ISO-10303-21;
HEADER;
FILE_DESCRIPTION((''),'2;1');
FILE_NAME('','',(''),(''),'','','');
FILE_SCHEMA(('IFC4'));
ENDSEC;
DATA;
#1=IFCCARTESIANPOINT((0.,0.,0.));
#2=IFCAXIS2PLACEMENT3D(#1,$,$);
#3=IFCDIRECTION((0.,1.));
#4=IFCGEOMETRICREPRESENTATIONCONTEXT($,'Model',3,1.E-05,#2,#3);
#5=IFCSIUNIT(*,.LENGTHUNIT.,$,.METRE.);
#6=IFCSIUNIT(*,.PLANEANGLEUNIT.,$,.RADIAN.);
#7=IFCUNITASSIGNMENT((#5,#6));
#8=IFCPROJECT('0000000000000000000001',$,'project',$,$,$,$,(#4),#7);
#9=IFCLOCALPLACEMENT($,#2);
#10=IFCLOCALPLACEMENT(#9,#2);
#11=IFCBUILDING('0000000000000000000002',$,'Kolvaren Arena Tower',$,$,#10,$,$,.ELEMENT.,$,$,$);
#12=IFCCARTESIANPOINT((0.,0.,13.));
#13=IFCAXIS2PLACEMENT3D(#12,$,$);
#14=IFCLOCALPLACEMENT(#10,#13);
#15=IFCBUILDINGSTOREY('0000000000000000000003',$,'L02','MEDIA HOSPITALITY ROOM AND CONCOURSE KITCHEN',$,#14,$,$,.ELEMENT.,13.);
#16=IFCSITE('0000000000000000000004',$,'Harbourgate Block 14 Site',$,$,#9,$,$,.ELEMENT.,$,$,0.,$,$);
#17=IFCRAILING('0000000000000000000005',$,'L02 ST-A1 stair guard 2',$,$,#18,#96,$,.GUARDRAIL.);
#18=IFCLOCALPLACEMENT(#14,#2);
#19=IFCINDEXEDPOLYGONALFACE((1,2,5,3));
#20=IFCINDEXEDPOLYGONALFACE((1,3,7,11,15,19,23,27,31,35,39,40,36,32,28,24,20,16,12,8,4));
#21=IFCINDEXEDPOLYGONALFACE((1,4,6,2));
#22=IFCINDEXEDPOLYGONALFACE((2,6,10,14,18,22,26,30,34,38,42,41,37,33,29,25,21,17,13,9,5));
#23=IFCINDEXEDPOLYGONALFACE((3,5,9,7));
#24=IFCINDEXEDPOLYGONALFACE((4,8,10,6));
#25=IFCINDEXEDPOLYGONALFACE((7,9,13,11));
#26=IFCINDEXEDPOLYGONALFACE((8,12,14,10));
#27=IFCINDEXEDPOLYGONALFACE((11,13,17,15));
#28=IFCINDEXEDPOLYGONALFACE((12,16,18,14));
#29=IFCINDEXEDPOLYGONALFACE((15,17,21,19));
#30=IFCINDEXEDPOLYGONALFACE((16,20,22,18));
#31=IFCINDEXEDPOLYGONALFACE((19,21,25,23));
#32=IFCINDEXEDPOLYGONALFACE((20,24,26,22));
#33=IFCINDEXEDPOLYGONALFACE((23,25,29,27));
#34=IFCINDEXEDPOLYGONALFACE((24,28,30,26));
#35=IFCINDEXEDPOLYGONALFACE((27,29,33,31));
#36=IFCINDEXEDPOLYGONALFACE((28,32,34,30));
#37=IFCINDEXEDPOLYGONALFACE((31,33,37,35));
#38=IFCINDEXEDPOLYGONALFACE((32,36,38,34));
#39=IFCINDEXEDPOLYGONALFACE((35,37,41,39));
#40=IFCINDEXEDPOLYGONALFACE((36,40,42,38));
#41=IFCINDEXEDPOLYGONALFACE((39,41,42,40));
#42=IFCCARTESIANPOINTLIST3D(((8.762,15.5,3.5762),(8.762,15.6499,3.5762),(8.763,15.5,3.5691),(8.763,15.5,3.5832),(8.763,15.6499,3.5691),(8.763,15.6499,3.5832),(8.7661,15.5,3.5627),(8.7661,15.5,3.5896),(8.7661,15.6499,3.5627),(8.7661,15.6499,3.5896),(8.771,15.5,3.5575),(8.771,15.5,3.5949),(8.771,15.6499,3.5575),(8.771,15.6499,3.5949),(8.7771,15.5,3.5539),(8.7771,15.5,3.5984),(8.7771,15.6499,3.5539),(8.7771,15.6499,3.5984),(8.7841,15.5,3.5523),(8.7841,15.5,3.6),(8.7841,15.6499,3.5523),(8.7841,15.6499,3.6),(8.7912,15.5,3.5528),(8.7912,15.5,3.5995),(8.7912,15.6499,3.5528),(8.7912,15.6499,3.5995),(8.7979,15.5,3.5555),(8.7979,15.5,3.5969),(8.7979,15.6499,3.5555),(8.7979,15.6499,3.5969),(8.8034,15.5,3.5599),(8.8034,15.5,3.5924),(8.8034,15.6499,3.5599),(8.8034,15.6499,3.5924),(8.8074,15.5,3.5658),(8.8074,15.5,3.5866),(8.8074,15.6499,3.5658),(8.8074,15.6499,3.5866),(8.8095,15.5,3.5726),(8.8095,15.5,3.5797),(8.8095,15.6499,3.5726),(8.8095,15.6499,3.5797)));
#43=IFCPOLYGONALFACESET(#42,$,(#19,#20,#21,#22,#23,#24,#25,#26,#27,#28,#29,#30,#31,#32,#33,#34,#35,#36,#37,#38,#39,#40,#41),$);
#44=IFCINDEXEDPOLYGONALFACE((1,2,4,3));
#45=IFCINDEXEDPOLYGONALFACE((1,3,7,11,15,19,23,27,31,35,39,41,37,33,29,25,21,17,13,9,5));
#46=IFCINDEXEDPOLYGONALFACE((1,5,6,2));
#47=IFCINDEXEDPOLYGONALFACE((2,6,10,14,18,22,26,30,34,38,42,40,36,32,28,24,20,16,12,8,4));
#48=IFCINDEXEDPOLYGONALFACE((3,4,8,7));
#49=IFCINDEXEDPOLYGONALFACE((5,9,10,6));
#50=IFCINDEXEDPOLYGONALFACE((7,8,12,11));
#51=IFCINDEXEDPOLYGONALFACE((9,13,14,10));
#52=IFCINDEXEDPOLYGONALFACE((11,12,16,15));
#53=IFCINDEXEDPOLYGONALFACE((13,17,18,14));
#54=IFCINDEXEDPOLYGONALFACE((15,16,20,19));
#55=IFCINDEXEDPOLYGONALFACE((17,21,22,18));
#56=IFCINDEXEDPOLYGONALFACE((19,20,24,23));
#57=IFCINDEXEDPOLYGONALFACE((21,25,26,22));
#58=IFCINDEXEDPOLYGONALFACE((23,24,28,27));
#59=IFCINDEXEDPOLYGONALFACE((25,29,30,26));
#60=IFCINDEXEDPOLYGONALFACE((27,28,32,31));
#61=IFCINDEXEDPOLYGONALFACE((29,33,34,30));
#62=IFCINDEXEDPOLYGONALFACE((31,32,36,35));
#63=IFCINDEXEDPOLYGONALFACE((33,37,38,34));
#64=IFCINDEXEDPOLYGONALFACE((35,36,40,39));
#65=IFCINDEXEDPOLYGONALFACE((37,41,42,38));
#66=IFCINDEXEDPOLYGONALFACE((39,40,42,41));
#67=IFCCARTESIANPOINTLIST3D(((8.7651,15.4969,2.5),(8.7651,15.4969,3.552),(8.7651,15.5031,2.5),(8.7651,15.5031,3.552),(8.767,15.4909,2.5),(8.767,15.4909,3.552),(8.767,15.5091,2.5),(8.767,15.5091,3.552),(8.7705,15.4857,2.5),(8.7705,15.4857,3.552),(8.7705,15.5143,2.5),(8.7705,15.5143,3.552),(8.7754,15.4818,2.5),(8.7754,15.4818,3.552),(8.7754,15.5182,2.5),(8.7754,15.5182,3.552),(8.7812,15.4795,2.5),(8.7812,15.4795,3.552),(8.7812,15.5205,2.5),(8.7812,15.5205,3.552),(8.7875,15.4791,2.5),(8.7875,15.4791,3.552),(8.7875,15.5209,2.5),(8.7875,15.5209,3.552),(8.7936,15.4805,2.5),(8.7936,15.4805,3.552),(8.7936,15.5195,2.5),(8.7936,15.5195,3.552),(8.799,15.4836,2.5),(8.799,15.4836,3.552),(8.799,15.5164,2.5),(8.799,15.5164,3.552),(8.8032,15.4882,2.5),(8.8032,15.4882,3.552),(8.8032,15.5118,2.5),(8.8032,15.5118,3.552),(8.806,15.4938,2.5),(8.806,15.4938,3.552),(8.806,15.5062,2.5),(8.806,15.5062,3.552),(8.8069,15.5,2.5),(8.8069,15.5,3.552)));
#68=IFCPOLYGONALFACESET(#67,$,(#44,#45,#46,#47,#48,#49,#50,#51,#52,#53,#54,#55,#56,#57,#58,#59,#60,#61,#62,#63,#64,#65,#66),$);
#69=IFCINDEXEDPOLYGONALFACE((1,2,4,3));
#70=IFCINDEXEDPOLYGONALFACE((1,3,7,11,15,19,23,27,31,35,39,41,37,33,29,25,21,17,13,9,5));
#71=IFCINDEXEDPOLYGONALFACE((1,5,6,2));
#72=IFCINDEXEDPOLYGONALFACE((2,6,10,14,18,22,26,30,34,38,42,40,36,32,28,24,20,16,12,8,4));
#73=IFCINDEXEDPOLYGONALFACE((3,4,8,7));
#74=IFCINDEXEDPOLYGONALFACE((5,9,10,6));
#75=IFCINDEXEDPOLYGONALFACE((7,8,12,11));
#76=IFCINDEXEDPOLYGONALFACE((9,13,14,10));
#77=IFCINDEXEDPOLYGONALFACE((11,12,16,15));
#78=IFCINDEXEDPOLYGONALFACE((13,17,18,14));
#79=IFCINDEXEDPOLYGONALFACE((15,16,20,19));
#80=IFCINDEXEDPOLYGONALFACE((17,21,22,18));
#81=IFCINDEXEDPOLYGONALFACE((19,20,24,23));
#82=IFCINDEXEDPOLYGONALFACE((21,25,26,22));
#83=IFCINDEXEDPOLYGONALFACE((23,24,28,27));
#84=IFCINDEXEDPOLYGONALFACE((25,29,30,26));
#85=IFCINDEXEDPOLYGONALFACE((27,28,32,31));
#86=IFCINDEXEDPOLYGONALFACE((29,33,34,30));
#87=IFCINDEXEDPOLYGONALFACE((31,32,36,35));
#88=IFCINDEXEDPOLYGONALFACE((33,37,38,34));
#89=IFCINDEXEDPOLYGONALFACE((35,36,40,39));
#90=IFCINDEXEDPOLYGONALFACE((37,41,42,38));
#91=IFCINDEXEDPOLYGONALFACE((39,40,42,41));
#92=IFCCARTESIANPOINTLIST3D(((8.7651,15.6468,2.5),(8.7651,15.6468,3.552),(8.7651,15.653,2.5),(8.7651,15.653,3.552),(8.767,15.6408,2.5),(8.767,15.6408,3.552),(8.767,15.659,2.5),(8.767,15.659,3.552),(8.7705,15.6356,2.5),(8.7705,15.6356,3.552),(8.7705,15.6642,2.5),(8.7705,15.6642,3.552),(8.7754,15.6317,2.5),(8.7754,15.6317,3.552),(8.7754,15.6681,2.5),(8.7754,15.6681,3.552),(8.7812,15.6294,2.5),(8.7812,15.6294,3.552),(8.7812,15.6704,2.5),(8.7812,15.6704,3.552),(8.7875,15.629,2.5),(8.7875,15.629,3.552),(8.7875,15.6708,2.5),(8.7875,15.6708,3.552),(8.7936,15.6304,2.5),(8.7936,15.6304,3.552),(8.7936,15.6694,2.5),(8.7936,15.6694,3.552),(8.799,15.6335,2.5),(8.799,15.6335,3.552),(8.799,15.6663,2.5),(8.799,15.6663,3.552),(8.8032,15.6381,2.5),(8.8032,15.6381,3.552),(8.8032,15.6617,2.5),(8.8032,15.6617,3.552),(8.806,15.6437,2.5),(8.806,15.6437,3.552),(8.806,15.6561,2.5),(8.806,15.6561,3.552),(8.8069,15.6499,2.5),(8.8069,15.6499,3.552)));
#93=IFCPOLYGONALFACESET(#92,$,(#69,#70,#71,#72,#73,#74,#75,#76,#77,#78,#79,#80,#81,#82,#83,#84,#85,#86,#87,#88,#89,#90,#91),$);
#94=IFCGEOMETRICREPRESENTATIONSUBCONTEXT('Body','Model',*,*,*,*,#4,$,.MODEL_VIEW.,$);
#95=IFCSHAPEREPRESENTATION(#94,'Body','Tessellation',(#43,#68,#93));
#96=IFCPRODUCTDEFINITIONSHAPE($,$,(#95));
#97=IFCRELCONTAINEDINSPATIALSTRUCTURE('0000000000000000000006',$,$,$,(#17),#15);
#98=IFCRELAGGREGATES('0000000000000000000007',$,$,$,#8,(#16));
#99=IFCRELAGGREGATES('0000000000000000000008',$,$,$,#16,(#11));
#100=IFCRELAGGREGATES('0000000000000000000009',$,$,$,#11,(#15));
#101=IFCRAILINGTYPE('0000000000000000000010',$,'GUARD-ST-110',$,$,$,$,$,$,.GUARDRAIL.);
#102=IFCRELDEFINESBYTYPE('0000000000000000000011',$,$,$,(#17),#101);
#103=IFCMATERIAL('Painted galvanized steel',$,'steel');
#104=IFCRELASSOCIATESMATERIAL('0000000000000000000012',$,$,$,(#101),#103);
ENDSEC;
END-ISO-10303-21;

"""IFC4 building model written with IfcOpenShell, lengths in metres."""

from ifc_helpers import new_model, si_unit, direction, frame, origin, origin_2d, place, context, subcontext, project, spatial, circle, extrude, material, type_object, element, save


model = new_model("IFC4")

# Units and contexts
model_context = context("Model", 3, precision=1e-05, world=origin(), true_north=direction((0.0, 1.0)))
body_context = subcontext(model_context, "Body", "Model", "MODEL_VIEW")
ifc_project = project(units=[si_unit("LENGTHUNIT", "METRE"), si_unit("PLANEANGLEUNIT", "RADIAN")], contexts=[model_context])

# Site, building, storey
site_placement = place(None, origin())
site = spatial("IfcSite", under=ifc_project, at=site_placement, Name="Harbourgate Block 14 Site", CompositionType="ELEMENT", RefElevation=0.0)
building_placement = place(site_placement, origin())
building = spatial("IfcBuilding", under=site, at=building_placement, Name="Kolvaren Arena Tower", CompositionType="ELEMENT")
storey_placement = place(building_placement, frame((0.0, 0.0, 13.0)))
storey = spatial("IfcBuildingStorey", under=building, at=storey_placement, Name="L02", Description="MEDIA HOSPITALITY ROOM AND CONCOURSE KITCHEN", CompositionType="ELEMENT", Elevation=13.0)

# Railing
ifc_material_1 = material(Name="Painted galvanized steel", Category="steel")
railing_type_1 = type_object("IfcRailingType", Name="GUARD-ST-110", PredefinedType="GUARDRAIL", material=ifc_material_1)
railing_1_placement = place(storey_placement, frame((8.7859, 15.5, 2.5)))
element("IfcRailing", 1, at=railing_1_placement, inside=storey, type_object=railing_type_1, Name="L02 ST-A1 stair guard 2", PredefinedType="GUARDRAIL", context=body_context, shape_type="SweptSolid", body=[
    extrude(circle(Radius=0.0239, at=origin_2d()), frame((0.0, 0.0, 1.0762), z_axis=(0.0, 1.0, 0.0), x_axis=(-1.0, 0.0, 0.0)), (0.0, 0.0, 1.0), 0.1499),
    extrude(circle(Radius=0.021, at=origin_2d()), origin(), (0.0, 0.0, 1.0), 1.052),
    extrude(circle(Radius=0.021, at=origin_2d()), frame((0.0, 0.1499, 0.0)), (0.0, 0.0, 1.0), 1.052),
])

save(model, "model.ifc")
